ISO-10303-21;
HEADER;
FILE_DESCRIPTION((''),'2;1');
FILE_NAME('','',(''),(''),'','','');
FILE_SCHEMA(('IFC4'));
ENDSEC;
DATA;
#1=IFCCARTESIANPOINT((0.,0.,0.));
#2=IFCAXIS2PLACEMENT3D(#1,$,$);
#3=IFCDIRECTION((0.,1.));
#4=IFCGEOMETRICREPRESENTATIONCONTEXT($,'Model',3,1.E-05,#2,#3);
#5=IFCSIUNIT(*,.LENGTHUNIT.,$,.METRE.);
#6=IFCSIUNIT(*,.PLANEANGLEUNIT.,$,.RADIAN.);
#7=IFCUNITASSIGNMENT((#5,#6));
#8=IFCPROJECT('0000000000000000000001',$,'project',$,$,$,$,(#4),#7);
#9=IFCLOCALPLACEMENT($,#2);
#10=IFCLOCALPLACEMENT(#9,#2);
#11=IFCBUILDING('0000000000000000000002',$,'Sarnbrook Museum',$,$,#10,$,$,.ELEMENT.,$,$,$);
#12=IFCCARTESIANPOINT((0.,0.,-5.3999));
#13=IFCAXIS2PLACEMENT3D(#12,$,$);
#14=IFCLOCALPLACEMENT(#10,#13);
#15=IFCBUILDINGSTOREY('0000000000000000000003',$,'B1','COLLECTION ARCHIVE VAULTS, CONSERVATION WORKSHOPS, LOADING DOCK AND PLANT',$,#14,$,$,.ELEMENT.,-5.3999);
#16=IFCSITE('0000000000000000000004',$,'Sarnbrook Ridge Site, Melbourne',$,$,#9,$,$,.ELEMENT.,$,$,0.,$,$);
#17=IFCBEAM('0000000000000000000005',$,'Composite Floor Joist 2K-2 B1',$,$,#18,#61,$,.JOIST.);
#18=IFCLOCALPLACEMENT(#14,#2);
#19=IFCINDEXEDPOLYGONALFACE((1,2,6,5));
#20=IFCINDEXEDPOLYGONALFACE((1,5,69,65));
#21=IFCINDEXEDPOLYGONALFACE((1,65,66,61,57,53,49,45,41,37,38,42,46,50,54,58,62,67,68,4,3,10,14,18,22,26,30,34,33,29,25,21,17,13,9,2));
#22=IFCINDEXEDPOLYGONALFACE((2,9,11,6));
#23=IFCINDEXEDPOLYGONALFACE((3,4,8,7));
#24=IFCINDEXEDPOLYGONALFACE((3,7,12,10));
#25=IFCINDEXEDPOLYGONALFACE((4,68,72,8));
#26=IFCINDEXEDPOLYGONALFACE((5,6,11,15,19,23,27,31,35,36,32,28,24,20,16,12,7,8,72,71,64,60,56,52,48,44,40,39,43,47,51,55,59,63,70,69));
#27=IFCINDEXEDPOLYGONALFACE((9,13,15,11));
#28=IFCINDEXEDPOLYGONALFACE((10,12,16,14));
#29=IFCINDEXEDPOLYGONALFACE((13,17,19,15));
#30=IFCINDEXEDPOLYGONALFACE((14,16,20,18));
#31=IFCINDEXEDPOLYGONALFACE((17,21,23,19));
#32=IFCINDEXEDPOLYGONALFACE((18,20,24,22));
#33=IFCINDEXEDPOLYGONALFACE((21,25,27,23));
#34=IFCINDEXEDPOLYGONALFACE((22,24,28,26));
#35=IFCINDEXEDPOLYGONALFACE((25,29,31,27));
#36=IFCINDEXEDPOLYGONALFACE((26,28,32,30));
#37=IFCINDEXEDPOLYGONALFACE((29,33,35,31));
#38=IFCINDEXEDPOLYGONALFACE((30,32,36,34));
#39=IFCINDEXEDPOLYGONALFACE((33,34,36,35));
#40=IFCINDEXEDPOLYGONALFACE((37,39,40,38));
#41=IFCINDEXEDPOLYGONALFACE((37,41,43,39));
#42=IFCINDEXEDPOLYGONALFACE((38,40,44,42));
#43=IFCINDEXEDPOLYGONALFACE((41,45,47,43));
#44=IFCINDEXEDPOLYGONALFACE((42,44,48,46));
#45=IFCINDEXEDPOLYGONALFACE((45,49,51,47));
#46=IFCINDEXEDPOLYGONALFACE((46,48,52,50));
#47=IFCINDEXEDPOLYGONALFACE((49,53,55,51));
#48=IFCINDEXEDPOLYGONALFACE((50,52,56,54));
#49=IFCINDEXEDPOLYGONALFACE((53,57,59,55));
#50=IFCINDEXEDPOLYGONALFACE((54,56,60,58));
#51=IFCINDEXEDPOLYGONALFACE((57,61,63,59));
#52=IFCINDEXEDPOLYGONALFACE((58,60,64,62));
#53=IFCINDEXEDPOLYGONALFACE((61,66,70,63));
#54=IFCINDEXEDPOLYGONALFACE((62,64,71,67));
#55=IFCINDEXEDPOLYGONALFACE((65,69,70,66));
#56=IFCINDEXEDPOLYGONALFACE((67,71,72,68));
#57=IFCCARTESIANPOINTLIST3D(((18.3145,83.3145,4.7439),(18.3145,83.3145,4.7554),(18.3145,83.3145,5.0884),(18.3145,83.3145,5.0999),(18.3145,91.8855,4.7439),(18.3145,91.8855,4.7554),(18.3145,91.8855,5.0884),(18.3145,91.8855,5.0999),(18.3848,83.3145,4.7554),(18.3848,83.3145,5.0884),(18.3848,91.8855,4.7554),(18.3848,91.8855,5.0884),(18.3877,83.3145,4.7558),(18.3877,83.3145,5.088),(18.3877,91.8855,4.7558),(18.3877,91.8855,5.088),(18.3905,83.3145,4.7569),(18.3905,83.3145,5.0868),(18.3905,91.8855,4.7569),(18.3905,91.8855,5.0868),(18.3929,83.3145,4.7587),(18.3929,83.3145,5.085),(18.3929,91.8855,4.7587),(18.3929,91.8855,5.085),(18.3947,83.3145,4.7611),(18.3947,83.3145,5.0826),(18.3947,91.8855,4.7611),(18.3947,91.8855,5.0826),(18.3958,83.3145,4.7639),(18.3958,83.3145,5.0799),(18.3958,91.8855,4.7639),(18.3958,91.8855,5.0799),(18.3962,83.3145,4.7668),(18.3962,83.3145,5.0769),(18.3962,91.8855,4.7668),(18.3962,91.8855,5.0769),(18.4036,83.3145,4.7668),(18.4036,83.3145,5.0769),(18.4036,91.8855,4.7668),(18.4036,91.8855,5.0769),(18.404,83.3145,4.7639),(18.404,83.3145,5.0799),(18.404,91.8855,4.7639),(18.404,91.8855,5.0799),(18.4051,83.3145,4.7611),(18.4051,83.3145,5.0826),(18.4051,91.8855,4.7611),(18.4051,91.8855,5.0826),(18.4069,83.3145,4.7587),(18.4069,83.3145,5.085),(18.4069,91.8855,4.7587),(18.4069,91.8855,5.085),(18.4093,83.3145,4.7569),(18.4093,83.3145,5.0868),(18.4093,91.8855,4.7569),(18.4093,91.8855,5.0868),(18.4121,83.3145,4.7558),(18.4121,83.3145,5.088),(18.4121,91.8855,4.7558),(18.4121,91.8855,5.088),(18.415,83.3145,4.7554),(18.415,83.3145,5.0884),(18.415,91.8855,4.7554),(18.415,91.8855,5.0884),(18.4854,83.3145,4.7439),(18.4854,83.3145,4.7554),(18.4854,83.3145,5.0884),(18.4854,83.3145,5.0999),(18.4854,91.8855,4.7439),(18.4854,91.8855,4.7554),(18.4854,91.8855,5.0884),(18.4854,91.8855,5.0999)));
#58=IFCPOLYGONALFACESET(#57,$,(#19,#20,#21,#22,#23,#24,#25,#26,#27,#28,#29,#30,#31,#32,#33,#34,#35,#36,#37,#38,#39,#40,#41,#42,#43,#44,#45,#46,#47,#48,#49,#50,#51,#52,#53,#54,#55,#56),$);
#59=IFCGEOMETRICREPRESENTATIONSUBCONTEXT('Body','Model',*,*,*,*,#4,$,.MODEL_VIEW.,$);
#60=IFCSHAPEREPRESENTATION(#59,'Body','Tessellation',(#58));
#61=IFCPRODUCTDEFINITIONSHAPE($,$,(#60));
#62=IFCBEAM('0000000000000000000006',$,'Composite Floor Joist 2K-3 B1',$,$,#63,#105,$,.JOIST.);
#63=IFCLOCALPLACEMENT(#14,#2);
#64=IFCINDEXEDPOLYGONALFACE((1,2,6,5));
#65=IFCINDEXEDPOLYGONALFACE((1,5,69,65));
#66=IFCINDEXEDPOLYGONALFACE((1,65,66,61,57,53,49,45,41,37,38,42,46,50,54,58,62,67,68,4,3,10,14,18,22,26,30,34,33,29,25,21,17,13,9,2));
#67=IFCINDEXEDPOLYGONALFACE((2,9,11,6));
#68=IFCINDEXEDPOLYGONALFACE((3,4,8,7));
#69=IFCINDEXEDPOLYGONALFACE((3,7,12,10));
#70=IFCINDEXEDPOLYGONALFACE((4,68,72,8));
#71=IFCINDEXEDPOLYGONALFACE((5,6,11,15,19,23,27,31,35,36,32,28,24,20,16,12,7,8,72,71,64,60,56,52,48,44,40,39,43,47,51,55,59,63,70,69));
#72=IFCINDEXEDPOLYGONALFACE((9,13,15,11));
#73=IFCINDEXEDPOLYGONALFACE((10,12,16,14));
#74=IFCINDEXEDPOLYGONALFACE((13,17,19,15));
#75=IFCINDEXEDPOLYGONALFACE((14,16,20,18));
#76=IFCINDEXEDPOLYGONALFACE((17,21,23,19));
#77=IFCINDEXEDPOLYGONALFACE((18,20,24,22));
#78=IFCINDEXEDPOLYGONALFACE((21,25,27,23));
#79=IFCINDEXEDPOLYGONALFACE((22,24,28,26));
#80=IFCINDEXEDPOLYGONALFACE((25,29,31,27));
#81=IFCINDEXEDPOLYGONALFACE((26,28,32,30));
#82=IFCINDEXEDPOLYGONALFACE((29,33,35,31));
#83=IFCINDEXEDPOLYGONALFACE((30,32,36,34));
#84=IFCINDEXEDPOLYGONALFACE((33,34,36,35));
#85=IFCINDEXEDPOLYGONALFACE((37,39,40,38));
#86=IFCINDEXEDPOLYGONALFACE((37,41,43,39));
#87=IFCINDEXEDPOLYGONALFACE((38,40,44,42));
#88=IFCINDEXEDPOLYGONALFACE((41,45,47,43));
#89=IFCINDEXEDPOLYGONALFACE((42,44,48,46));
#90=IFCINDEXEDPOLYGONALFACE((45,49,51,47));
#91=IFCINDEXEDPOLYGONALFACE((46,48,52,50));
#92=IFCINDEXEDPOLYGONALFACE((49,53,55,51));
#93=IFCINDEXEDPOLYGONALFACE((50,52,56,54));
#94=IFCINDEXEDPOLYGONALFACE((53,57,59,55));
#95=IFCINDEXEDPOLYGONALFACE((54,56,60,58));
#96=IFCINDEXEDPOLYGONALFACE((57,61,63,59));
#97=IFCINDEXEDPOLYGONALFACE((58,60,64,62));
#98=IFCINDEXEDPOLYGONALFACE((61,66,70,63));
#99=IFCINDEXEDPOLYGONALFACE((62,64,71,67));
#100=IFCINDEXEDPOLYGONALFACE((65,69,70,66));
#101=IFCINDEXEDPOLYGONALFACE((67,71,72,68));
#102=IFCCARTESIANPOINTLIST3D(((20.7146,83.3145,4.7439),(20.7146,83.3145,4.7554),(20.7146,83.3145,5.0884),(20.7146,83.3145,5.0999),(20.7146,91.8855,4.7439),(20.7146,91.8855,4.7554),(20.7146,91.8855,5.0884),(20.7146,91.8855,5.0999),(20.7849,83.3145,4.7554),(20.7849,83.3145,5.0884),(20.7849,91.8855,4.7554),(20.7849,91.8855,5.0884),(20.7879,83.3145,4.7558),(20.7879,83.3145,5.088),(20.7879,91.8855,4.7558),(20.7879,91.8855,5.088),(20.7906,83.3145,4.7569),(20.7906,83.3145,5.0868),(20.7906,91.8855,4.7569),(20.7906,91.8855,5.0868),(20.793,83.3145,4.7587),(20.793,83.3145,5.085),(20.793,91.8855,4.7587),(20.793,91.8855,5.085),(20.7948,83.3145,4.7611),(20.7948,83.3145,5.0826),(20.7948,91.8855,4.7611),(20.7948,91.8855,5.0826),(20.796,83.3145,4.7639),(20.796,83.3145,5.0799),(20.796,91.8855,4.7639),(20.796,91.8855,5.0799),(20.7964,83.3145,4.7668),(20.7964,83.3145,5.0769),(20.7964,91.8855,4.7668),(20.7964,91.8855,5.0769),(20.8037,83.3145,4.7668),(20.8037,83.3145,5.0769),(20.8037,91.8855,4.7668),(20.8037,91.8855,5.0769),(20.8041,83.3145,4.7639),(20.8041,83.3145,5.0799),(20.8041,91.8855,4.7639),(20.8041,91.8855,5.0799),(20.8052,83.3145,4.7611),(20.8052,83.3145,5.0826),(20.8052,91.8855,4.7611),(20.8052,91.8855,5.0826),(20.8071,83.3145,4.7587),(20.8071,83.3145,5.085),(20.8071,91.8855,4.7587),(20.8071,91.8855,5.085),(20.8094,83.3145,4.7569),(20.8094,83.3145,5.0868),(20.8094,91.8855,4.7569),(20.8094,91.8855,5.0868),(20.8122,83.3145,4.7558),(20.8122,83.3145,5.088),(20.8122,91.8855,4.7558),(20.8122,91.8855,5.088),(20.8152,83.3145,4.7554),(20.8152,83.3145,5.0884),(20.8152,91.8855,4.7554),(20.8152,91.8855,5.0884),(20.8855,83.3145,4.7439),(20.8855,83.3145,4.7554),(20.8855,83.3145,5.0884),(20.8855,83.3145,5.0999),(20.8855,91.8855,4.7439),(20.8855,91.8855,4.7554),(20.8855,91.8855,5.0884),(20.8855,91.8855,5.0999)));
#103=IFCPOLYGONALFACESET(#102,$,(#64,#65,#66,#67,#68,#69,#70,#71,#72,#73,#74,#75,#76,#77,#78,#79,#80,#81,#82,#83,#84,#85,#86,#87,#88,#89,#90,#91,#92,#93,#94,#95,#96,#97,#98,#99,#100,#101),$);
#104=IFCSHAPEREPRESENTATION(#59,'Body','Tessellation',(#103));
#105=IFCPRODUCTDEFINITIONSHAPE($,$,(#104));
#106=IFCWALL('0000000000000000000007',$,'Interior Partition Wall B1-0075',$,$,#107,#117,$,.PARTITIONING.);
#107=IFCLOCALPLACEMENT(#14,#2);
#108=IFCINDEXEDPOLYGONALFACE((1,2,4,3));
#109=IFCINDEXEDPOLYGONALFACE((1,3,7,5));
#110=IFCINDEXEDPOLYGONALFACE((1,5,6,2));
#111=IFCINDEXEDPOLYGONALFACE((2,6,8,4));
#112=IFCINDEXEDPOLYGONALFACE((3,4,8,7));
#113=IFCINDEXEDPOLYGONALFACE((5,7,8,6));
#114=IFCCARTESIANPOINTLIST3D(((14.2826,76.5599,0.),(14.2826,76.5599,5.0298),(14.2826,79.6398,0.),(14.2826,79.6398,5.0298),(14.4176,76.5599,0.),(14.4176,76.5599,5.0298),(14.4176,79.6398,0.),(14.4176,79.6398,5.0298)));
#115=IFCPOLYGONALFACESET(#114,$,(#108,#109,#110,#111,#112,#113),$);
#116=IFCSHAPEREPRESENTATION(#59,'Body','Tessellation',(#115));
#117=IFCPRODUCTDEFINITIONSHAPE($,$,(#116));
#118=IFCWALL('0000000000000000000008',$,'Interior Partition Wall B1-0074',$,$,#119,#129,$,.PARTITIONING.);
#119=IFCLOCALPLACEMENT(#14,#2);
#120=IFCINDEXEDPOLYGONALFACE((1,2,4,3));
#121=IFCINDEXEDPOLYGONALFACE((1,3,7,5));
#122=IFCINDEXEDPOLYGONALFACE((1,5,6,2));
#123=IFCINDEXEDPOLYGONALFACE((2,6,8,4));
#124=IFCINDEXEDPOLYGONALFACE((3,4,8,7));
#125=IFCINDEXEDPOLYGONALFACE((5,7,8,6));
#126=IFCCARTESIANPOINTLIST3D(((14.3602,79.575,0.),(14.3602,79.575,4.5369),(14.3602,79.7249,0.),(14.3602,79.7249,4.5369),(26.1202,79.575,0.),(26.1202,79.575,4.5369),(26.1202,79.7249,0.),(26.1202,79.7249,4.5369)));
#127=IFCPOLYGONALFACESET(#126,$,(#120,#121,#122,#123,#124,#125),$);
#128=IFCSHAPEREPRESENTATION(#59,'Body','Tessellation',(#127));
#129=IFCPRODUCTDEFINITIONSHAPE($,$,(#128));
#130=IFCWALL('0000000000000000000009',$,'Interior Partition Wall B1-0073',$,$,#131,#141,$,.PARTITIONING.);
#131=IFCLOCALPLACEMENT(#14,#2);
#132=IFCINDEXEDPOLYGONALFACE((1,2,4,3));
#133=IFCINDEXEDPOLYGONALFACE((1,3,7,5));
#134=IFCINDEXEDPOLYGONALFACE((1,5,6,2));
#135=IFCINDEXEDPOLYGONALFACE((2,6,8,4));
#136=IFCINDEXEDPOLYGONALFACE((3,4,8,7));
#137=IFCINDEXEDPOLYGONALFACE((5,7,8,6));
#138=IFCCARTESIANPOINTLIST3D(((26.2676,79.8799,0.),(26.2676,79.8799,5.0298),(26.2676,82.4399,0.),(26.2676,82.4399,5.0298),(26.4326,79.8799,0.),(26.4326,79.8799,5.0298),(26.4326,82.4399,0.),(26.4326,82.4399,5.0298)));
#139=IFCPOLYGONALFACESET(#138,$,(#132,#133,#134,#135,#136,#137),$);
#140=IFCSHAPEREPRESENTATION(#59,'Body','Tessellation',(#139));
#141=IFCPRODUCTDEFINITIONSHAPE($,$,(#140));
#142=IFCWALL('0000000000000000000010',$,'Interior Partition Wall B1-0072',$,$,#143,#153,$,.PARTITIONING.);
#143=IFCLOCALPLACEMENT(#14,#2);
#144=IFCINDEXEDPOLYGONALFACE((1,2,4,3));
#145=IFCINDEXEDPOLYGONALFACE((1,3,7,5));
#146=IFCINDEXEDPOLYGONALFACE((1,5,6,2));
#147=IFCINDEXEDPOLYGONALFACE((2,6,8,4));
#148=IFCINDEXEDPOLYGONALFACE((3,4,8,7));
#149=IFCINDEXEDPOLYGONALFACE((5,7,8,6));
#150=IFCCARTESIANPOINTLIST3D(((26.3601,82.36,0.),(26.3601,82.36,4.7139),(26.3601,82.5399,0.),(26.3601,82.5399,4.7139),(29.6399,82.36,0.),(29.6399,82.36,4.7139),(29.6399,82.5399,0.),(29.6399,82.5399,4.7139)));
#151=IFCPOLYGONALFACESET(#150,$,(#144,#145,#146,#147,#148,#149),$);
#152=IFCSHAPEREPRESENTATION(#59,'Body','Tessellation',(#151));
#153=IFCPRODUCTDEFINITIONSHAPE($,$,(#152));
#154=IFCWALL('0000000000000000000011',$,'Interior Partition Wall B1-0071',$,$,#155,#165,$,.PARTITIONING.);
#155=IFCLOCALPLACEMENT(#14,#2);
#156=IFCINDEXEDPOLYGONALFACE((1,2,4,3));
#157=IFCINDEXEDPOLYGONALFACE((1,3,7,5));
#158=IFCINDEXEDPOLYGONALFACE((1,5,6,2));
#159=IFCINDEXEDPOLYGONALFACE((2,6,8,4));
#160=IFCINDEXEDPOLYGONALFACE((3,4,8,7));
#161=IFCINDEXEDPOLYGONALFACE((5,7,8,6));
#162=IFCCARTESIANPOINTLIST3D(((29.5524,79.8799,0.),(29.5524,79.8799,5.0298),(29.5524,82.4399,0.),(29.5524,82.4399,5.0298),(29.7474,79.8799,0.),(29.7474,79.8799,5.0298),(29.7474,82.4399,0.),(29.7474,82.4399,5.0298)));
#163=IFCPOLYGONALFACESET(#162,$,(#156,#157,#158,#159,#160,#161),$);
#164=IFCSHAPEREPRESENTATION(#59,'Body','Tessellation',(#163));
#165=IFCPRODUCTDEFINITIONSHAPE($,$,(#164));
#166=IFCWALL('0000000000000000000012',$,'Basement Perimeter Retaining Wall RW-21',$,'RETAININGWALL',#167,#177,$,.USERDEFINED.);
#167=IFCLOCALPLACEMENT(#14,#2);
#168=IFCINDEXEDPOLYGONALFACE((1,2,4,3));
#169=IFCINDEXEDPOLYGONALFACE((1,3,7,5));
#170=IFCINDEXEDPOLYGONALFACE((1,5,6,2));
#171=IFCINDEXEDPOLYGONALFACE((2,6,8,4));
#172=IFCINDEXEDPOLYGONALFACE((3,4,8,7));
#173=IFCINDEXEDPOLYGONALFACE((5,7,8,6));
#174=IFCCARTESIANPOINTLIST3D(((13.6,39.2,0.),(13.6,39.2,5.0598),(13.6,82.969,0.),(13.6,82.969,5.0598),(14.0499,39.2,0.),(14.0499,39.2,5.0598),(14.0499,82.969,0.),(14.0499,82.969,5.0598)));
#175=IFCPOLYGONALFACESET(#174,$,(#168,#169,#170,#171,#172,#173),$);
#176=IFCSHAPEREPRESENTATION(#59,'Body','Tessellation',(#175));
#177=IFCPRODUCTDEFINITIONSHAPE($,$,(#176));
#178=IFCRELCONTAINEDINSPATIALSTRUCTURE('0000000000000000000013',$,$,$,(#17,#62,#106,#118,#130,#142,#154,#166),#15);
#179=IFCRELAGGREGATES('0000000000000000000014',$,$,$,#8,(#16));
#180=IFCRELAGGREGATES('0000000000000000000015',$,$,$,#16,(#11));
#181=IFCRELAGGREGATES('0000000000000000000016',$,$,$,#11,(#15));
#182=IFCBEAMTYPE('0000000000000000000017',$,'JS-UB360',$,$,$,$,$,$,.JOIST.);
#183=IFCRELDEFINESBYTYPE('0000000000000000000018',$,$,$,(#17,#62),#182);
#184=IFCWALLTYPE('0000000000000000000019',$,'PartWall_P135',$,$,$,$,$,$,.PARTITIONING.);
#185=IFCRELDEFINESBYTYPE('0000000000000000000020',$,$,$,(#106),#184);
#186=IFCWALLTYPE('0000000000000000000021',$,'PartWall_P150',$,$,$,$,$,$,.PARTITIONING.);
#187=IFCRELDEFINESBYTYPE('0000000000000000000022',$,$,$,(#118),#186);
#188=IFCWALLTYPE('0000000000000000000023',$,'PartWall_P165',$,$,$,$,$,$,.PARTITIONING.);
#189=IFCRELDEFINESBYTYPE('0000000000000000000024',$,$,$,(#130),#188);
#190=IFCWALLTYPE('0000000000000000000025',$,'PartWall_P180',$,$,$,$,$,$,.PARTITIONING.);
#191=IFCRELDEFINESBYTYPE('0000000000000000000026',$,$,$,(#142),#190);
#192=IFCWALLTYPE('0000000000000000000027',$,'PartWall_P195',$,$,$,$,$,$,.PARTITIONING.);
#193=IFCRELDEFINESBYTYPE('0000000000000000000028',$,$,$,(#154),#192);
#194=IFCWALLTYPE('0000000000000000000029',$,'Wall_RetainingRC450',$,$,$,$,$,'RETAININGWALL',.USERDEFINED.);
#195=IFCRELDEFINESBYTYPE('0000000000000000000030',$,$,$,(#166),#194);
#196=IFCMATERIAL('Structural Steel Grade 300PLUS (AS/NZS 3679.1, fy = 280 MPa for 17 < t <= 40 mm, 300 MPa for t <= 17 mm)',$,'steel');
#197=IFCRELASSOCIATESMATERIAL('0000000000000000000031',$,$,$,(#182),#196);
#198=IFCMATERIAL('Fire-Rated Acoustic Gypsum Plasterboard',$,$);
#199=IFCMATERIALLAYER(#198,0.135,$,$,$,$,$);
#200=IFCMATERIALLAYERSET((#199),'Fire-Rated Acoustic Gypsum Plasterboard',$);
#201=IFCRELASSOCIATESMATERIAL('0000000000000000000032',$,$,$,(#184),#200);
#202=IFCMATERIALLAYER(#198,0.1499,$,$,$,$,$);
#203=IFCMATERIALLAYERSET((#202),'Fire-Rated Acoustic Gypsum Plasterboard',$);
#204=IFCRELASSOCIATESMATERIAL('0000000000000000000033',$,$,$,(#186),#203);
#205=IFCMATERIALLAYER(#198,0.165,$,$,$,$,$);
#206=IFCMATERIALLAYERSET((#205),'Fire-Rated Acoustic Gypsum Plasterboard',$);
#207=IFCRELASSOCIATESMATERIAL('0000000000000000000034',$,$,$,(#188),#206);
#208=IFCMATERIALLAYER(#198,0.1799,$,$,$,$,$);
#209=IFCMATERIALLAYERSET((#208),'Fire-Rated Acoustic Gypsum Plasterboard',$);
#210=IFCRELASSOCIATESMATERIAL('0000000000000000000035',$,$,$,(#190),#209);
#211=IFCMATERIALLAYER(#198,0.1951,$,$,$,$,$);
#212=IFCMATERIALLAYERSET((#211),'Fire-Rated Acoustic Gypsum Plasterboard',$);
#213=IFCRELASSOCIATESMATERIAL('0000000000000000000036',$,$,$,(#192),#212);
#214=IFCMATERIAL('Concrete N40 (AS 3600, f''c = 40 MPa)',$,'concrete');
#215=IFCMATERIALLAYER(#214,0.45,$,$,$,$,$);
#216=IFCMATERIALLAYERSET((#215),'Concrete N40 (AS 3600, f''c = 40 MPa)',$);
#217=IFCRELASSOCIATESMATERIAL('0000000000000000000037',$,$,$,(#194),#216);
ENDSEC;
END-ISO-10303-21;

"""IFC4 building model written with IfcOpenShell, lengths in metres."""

from ifc_helpers import new_model, si_unit, direction, frame, frame_2d, origin, origin_2d, place, context, subcontext, project, spatial, rectangle, i_section, extrude, material, layer, layer_set, material_profile, profile_set, type_object, element, save


model = new_model("IFC4")

# Units and contexts
model_context = context("Model", 3, precision=1e-05, world=origin(), true_north=direction((0.0, 1.0)))
body_context = subcontext(model_context, "Body", "Model", "MODEL_VIEW")
ifc_project = project(units=[si_unit("LENGTHUNIT", "METRE"), si_unit("PLANEANGLEUNIT", "RADIAN")], contexts=[model_context])

# Site, building, storey
site_placement = place(None, origin())
site = spatial("IfcSite", under=ifc_project, at=site_placement, Name="Sarnbrook Ridge Site, Melbourne", CompositionType="ELEMENT", RefElevation=0.0)
building_placement = place(site_placement, origin())
building = spatial("IfcBuilding", under=site, at=building_placement, Name="Sarnbrook Museum", CompositionType="ELEMENT")
storey_placement = place(building_placement, frame((0.0, 0.0, -5.3999)))
storey = spatial("IfcBuildingStorey", under=building, at=storey_placement, Name="B1", Description="COLLECTION ARCHIVE VAULTS, CONSERVATION WORKSHOPS, LOADING DOCK AND PLANT", CompositionType="ELEMENT", Elevation=-5.3999)

# Shared definitions
ifc_material_1 = material(Name="Concrete N40 (AS 3600, f'c = 40 MPa)", Category="concrete")

# Beams
ifc_material_2 = material(Name="Structural Steel Grade 300PLUS (AS/NZS 3679.1, fy = 280 MPa for 17 < t <= 40 mm, 300 MPa for t <= 17 mm)", Category="steel")
ifc_material_profile_1 = material_profile(ifc_material_2, i_section(OverallWidth=0.1709, OverallDepth=0.356, WebThickness=0.0073, FlangeThickness=0.0115, FilletRadius=0.0115, at=origin_2d()), Name="360UB50.7")
ifc_profile_set_1 = profile_set([ifc_material_profile_1], Name="Structural Steel Grade 300PLUS (AS/NZS 3679.1, fy = 280 MPa for 17 < t <= 40 mm, 300 MPa for t <= 17 mm)")
beam_type_1 = type_object("IfcBeamType", Name="JS-UB360", PredefinedType="JOIST", material=ifc_profile_set_1)
for number, where, z_axis, x_axis, name in (
    (1, (18.3999, 83.3145, 4.9219), (0.0, 1.0, 0.0), (-1.0, 0.0, 0.0), "Composite Floor Joist 2K-2 B1"),
    (2, (20.8, 83.3145, 4.9219), (0.0, 1.0, 0.0), (-1.0, 0.0, 0.0), "Composite Floor Joist 2K-3 B1"),
):
    element("IfcBeam", number, at=place(storey_placement, frame(where, z_axis=z_axis, x_axis=x_axis)), inside=storey, type_object=beam_type_1, Name=name, PredefinedType="JOIST", context=body_context, shape_type="SweptSolid", body=[
        extrude(i_section(OverallWidth=0.1709, OverallDepth=0.356, WebThickness=0.0073, FlangeThickness=0.0115, FilletRadius=0.0115, at=origin_2d()), origin(), (0.0, 0.0, 1.0), 8.571),
    ])

# Walls
ifc_material_3 = material(Name="Fire-Rated Acoustic Gypsum Plasterboard")
ifc_layer_1 = layer(ifc_material_3, 0.135)
ifc_layer_set_1 = layer_set([ifc_layer_1], Name="Fire-Rated Acoustic Gypsum Plasterboard")
wall_type_1 = type_object("IfcWallType", Name="PartWall_P135", PredefinedType="PARTITIONING", material=ifc_layer_set_1)
wall_1_placement = place(storey_placement, frame((14.3501, 79.6399, 0.0), z_axis=(0.0, 0.0, 1.0), x_axis=(0.0, -1.0, 0.0)))
element("IfcWall", 3, at=wall_1_placement, inside=storey, type_object=wall_type_1, Name="Interior Partition Wall B1-0075", PredefinedType="PARTITIONING", context=body_context, shape_type="SweptSolid", body=[
    extrude(rectangle(XDim=3.0798, YDim=0.135, at=frame_2d((1.54, 0.0))), origin(), (0.0, 0.0, 1.0), 5.0298),
])
ifc_layer_2 = layer(ifc_material_3, 0.1499)
ifc_layer_set_2 = layer_set([ifc_layer_2], Name="Fire-Rated Acoustic Gypsum Plasterboard")
wall_type_2 = type_object("IfcWallType", Name="PartWall_P150", PredefinedType="PARTITIONING", material=ifc_layer_set_2)
wall_2_placement = place(storey_placement, frame((26.1201, 79.6499, 0.0), z_axis=(0.0, 0.0, 1.0), x_axis=(-1.0, 0.0, 0.0)))
element("IfcWall", 4, at=wall_2_placement, inside=storey, type_object=wall_type_2, Name="Interior Partition Wall B1-0074", PredefinedType="PARTITIONING", context=body_context, shape_type="SweptSolid", body=[
    extrude(rectangle(XDim=11.76, YDim=0.1499, at=frame_2d((5.8799, 0.0))), origin(), (0.0, 0.0, 1.0), 4.5369),
])
ifc_layer_3 = layer(ifc_material_3, 0.165)
ifc_layer_set_3 = layer_set([ifc_layer_3], Name="Fire-Rated Acoustic Gypsum Plasterboard")
wall_type_3 = type_object("IfcWallType", Name="PartWall_P165", PredefinedType="PARTITIONING", material=ifc_layer_set_3)
wall_3_placement = place(storey_placement, frame((26.3501, 82.4399, 0.0), z_axis=(0.0, 0.0, 1.0), x_axis=(0.0, -1.0, 0.0)))
element("IfcWall", 5, at=wall_3_placement, inside=storey, type_object=wall_type_3, Name="Interior Partition Wall B1-0073", PredefinedType="PARTITIONING", context=body_context, shape_type="SweptSolid", body=[
    extrude(rectangle(XDim=2.5601, YDim=0.165, at=frame_2d((1.28, 0.0))), origin(), (0.0, 0.0, 1.0), 5.0298),
])
ifc_layer_4 = layer(ifc_material_3, 0.1799)
ifc_layer_set_4 = layer_set([ifc_layer_4], Name="Fire-Rated Acoustic Gypsum Plasterboard")
wall_type_4 = type_object("IfcWallType", Name="PartWall_P180", PredefinedType="PARTITIONING", material=ifc_layer_set_4)
wall_4_placement = place(storey_placement, frame((29.6399, 82.45, 0.0), z_axis=(0.0, 0.0, 1.0), x_axis=(-1.0, 0.0, 0.0)))
element("IfcWall", 6, at=wall_4_placement, inside=storey, type_object=wall_type_4, Name="Interior Partition Wall B1-0072", PredefinedType="PARTITIONING", context=body_context, shape_type="SweptSolid", body=[
    extrude(rectangle(XDim=3.2798, YDim=0.1799, at=frame_2d((1.6399, 0.0))), origin(), (0.0, 0.0, 1.0), 4.7139),
])
ifc_layer_5 = layer(ifc_material_3, 0.1951)
ifc_layer_set_5 = layer_set([ifc_layer_5], Name="Fire-Rated Acoustic Gypsum Plasterboard")
wall_type_5 = type_object("IfcWallType", Name="PartWall_P195", PredefinedType="PARTITIONING", material=ifc_layer_set_5)
wall_5_placement = place(storey_placement, frame((29.6499, 79.8799, 0.0), z_axis=(0.0, 0.0, 1.0), x_axis=(0.0, 1.0, 0.0)))
element("IfcWall", 7, at=wall_5_placement, inside=storey, type_object=wall_type_5, Name="Interior Partition Wall B1-0071", PredefinedType="PARTITIONING", context=body_context, shape_type="SweptSolid", body=[
    extrude(rectangle(XDim=2.5601, YDim=0.1951, at=frame_2d((1.28, 0.0))), origin(), (0.0, 0.0, 1.0), 5.0298),
])
ifc_layer_6 = layer(ifc_material_1, 0.45)
ifc_layer_set_6 = layer_set([ifc_layer_6], Name="Concrete N40 (AS 3600, f'c = 40 MPa)")
wall_type_6 = type_object("IfcWallType", Name="Wall_RetainingRC450", ElementType="RETAININGWALL", PredefinedType="USERDEFINED", material=ifc_layer_set_6)
wall_6_placement = place(storey_placement, frame((13.825, 82.969, 0.0), z_axis=(0.0, 0.0, 1.0), x_axis=(0.0, -1.0, 0.0)))
element("IfcWall", 8, at=wall_6_placement, inside=storey, type_object=wall_type_6, Name="Basement Perimeter Retaining Wall RW-21", ObjectType="RETAININGWALL", PredefinedType="USERDEFINED", context=body_context, shape_type="SweptSolid", body=[
    extrude(rectangle(XDim=43.769, YDim=0.45, at=frame_2d((21.8845, 0.0))), origin(), (0.0, 0.0, 1.0), 5.0598),
])

save(model, "model.ifc")
